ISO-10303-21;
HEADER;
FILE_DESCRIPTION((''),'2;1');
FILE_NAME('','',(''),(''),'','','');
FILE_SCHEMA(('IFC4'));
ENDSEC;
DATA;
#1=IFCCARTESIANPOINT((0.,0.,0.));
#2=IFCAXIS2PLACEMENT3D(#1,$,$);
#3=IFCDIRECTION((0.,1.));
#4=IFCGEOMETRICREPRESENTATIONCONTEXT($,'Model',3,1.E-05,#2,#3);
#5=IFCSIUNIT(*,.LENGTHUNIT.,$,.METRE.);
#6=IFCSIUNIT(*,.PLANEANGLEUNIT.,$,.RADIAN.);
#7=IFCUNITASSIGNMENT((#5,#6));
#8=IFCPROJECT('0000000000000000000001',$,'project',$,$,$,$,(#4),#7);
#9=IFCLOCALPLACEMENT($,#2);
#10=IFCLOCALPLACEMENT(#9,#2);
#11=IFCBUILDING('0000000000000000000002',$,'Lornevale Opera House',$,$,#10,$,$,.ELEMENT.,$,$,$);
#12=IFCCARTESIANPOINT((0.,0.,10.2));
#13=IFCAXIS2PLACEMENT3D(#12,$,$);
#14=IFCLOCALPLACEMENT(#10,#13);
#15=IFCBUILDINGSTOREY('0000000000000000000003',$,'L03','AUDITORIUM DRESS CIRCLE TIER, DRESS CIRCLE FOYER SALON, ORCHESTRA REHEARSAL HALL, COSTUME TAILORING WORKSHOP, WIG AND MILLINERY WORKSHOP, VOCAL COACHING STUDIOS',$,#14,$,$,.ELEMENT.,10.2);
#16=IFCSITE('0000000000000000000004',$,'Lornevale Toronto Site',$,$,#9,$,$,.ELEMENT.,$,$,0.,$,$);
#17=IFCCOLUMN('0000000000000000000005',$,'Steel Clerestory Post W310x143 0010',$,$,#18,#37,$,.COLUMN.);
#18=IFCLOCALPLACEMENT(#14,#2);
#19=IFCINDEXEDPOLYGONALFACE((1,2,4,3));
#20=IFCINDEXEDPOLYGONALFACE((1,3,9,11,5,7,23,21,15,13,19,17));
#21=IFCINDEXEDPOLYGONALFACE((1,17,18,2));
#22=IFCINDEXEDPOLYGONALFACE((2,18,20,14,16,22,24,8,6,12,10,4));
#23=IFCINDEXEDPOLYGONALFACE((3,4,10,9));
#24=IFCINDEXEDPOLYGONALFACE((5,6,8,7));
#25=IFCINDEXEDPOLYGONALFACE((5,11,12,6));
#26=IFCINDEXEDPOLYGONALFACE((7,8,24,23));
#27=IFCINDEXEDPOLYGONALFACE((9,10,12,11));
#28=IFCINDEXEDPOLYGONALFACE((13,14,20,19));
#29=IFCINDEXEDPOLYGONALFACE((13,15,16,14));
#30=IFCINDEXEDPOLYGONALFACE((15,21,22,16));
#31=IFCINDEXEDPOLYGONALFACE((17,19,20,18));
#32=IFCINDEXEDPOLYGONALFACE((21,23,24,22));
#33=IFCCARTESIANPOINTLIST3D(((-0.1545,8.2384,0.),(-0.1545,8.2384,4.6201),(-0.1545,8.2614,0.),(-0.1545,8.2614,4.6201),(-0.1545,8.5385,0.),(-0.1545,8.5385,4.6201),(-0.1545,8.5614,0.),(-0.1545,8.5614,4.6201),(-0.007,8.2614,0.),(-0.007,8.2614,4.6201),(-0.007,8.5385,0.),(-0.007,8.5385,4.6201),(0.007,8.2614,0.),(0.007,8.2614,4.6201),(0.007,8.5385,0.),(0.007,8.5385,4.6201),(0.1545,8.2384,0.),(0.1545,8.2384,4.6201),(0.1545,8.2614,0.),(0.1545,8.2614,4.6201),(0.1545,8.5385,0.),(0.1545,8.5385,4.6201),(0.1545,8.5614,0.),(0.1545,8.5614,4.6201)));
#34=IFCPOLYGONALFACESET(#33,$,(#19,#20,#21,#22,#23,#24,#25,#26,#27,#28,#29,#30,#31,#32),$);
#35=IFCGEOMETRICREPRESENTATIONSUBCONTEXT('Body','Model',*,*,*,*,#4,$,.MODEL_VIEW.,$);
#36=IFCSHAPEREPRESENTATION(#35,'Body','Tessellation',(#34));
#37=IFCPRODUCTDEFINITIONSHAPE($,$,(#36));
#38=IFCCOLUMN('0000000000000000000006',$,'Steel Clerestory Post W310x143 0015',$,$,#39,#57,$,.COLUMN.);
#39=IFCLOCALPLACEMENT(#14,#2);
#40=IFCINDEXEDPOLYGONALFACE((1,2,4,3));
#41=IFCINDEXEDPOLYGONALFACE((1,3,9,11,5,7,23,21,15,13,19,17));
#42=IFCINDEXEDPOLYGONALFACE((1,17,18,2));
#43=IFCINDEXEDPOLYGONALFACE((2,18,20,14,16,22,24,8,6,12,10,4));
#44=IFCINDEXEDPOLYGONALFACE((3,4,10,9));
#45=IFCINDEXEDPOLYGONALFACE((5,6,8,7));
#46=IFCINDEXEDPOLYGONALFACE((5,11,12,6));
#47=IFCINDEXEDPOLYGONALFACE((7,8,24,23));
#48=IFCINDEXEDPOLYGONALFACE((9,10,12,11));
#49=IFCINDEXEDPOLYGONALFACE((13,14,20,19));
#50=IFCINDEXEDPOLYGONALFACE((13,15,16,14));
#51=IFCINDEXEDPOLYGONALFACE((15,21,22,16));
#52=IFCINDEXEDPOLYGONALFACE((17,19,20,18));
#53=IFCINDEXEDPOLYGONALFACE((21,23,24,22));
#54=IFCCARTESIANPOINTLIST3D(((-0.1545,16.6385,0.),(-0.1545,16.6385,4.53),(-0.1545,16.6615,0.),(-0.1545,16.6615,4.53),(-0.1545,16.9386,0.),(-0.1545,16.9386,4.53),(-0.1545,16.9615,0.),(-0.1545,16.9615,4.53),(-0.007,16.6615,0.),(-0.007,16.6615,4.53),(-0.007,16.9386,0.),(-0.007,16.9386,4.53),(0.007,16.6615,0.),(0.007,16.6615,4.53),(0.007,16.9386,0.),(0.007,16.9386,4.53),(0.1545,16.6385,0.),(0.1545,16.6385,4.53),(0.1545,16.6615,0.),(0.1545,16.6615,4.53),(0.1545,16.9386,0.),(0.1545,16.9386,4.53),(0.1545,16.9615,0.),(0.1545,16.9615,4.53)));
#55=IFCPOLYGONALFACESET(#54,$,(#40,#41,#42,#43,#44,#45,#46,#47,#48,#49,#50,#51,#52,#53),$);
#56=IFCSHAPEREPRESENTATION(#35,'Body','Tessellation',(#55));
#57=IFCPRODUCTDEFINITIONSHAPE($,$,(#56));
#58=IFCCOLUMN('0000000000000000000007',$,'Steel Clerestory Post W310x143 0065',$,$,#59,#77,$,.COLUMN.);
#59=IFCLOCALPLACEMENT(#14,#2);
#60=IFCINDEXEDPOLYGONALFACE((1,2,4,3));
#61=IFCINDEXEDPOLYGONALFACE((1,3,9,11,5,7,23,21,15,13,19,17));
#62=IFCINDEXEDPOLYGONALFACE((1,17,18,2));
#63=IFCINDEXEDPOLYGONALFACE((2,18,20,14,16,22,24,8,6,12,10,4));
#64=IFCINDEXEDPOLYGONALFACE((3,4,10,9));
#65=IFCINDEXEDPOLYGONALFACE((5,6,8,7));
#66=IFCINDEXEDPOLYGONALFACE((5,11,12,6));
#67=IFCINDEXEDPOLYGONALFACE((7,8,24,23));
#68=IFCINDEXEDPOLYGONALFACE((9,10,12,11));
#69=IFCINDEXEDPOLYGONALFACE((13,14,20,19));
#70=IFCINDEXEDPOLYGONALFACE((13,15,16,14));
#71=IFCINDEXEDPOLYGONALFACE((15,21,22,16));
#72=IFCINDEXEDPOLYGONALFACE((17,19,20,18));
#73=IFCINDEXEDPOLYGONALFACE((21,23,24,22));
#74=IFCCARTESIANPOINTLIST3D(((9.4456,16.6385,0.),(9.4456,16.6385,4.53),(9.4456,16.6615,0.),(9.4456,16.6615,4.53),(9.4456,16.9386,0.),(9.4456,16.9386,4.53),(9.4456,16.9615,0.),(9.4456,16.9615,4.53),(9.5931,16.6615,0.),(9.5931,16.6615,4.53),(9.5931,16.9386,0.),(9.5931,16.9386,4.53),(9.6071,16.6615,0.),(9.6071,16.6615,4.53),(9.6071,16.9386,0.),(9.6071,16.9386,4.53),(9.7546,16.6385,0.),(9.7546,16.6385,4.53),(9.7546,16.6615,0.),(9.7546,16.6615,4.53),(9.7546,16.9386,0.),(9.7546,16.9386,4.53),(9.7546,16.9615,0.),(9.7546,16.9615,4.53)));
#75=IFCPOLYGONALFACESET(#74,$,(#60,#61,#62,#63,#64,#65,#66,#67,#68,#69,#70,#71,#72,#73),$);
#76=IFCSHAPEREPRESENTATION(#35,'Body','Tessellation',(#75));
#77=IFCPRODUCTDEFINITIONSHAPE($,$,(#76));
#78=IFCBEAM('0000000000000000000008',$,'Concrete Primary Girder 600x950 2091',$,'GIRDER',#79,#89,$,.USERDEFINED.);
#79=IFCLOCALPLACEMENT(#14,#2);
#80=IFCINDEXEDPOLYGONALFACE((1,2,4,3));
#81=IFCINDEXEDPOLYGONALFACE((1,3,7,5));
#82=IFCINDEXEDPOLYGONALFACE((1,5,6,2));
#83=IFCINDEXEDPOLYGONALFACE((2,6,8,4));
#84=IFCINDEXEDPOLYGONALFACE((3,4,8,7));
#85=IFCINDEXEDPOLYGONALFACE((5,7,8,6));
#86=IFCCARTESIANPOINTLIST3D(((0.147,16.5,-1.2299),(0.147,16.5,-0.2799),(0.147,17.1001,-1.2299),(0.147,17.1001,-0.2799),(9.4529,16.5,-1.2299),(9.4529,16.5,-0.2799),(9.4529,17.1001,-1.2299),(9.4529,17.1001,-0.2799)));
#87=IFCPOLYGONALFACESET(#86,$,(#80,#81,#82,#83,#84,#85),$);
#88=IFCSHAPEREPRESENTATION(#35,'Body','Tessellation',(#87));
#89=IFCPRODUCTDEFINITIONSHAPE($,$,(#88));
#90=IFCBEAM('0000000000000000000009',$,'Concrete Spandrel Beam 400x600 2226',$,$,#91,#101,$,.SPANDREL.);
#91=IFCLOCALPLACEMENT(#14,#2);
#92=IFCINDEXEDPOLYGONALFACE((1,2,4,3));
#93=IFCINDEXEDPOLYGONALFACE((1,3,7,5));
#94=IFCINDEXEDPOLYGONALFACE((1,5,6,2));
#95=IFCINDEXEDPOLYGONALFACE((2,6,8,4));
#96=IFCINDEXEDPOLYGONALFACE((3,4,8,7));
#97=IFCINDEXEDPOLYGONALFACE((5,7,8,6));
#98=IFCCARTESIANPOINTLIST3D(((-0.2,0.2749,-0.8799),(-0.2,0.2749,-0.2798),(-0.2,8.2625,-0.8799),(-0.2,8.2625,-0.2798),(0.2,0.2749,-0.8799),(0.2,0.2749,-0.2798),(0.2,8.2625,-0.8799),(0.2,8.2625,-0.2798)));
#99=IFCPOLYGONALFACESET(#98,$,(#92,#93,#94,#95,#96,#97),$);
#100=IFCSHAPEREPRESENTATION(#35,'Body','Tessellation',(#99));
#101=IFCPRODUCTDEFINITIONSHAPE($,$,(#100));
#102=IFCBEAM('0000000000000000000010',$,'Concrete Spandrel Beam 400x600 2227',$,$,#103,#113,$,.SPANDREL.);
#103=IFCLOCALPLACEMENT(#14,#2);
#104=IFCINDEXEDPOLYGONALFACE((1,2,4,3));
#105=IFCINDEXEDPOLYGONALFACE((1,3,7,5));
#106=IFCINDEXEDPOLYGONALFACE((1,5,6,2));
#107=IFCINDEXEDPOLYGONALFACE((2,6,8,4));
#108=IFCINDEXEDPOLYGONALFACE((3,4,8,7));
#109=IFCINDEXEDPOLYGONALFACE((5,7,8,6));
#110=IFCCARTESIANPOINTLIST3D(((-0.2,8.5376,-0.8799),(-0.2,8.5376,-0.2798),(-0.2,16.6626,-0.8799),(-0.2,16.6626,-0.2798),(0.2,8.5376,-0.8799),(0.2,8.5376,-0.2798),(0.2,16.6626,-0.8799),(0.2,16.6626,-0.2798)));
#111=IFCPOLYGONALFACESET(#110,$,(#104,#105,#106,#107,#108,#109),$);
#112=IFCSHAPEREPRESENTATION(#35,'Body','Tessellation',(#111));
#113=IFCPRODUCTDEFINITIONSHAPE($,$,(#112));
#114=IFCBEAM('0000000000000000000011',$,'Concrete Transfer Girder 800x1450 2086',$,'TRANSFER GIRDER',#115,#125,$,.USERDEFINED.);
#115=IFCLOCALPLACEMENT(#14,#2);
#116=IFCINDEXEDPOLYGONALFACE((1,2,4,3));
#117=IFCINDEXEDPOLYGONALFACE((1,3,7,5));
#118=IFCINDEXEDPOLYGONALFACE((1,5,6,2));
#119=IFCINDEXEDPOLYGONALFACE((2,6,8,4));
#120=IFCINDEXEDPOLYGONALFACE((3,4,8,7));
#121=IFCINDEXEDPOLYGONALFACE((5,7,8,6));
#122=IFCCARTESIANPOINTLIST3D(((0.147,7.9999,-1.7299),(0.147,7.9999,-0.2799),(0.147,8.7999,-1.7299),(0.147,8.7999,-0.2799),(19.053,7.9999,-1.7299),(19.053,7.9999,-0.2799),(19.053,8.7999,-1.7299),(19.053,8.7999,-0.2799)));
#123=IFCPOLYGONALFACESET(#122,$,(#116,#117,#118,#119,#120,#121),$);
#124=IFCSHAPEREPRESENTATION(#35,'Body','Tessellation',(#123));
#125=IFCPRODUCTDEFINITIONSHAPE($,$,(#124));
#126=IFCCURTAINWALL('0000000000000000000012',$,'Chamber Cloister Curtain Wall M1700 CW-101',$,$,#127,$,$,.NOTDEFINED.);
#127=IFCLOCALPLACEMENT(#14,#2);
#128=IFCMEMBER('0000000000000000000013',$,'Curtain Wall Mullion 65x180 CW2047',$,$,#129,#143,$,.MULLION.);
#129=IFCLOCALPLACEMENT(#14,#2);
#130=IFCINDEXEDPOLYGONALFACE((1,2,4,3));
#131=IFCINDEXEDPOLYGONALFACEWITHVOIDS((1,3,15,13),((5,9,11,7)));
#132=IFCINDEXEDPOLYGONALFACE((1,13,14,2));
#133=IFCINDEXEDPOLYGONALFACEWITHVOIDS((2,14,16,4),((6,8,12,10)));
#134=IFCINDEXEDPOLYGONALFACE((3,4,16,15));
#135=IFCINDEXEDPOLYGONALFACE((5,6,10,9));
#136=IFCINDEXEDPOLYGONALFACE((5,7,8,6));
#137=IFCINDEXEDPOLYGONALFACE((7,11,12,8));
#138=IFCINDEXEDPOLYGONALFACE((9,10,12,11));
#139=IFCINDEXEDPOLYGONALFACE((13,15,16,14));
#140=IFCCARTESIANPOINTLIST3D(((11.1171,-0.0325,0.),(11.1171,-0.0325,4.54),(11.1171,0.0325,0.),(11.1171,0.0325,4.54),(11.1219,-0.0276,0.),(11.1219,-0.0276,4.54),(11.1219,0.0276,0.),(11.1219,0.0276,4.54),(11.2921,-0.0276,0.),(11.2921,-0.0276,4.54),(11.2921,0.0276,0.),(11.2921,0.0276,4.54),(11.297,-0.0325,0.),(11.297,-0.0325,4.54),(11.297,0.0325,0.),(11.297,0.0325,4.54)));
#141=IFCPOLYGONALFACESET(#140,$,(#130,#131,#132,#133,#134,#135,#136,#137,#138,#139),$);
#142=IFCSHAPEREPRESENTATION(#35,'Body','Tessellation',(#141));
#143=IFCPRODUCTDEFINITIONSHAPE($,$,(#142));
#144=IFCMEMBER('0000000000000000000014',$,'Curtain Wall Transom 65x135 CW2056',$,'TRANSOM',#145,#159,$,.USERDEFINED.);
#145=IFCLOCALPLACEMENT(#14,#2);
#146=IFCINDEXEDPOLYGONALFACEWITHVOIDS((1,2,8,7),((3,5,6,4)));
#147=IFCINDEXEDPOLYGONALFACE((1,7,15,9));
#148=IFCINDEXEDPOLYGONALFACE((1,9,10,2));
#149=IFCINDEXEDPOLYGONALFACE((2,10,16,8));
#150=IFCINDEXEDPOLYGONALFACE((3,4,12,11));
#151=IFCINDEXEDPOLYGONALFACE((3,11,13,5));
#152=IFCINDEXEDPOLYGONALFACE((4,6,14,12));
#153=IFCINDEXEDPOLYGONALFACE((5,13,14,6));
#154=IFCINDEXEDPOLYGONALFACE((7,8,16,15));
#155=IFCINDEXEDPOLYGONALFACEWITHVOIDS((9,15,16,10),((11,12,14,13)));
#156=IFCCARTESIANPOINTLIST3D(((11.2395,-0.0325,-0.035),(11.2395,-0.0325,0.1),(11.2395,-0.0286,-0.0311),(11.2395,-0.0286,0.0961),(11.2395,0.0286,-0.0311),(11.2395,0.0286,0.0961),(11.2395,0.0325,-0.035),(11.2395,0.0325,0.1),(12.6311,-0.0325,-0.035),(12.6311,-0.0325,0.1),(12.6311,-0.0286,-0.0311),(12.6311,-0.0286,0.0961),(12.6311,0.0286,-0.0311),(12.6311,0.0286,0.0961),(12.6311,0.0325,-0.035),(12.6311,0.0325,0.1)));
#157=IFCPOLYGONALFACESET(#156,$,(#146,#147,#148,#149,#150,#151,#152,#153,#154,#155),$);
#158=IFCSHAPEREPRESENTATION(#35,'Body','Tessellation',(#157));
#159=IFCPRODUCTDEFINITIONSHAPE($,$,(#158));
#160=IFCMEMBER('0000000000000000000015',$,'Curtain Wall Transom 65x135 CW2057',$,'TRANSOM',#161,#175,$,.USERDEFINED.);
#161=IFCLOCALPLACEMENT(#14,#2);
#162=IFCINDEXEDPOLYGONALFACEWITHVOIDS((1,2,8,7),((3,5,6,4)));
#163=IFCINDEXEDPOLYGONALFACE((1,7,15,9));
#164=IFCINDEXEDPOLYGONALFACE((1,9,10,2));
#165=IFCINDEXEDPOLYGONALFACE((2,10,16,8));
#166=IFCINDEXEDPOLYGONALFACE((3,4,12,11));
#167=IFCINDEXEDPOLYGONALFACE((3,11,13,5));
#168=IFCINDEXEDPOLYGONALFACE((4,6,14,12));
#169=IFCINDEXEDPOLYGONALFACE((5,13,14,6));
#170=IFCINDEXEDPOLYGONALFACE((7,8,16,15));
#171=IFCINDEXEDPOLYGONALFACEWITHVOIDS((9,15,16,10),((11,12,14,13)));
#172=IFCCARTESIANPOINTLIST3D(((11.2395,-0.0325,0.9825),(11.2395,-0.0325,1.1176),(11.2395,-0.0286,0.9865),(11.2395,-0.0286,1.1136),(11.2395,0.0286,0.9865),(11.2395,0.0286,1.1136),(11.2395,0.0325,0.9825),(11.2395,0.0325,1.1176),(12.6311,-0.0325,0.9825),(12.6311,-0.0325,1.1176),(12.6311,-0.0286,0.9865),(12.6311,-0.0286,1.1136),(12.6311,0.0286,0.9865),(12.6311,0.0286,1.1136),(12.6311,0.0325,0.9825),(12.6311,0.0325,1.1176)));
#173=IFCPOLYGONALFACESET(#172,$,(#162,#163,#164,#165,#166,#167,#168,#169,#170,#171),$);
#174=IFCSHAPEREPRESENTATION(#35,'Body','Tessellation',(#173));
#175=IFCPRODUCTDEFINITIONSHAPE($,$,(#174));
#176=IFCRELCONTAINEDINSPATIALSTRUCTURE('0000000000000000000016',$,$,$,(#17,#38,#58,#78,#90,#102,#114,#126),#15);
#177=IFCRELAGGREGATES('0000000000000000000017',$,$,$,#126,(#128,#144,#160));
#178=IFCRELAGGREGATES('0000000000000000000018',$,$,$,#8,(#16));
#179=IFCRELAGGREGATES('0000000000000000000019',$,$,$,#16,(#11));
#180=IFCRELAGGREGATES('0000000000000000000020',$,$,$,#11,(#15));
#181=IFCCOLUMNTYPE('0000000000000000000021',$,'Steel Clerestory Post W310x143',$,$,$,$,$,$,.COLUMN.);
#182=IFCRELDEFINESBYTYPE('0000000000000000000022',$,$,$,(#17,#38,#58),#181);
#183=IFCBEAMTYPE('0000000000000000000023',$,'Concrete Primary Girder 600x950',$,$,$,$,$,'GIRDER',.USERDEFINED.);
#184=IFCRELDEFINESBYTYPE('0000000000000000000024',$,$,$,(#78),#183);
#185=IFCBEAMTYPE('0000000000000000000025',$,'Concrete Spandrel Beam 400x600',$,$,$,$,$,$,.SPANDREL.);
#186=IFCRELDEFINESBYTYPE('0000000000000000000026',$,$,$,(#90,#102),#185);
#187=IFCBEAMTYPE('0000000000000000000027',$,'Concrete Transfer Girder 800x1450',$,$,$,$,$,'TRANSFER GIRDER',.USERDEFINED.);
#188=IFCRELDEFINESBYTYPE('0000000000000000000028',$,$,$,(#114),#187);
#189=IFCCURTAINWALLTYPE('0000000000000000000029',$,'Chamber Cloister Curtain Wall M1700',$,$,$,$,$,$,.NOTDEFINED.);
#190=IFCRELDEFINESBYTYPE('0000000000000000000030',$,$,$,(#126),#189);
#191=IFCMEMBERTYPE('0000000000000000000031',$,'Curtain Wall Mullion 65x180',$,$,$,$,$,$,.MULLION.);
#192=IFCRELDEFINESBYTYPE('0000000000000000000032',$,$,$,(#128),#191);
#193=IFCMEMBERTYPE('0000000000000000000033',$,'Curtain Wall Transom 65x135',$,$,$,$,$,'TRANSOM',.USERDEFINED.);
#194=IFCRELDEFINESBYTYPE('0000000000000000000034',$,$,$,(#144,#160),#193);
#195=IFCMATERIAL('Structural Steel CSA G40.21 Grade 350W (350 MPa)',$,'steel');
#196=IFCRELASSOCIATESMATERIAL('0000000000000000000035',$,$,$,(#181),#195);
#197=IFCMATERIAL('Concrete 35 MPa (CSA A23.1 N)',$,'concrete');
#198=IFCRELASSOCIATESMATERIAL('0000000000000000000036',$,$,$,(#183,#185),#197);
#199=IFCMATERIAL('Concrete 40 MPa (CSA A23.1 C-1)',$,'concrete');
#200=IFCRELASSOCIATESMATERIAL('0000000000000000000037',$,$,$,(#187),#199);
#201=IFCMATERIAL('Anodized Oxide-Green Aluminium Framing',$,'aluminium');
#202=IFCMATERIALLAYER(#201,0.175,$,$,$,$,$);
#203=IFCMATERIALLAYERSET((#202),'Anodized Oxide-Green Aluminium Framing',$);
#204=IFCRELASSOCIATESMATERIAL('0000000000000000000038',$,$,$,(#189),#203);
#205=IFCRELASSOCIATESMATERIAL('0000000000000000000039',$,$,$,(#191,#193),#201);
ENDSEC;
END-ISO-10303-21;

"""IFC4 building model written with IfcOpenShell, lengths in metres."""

from ifc_helpers import new_model, si_unit, direction, frame, origin, origin_2d, place, context, subcontext, project, spatial, rectangle, hollow_rectangle, i_section, extrude, material, layer, layer_set, material_profile, profile_set, type_object, element, aggregate, save


model = new_model("IFC4")

# Units and contexts
model_context = context("Model", 3, precision=1e-05, world=origin(), true_north=direction((0.0, 1.0)))
body_context = subcontext(model_context, "Body", "Model", "MODEL_VIEW")
ifc_project = project(units=[si_unit("LENGTHUNIT", "METRE"), si_unit("PLANEANGLEUNIT", "RADIAN")], contexts=[model_context])

# Site, building, storey
site_placement = place(None, origin())
site = spatial("IfcSite", under=ifc_project, at=site_placement, Name="Lornevale Toronto Site", CompositionType="ELEMENT", RefElevation=0.0)
building_placement = place(site_placement, origin())
building = spatial("IfcBuilding", under=site, at=building_placement, Name="Lornevale Opera House", CompositionType="ELEMENT")
storey_placement = place(building_placement, frame((0.0, 0.0, 10.2)))
storey = spatial("IfcBuildingStorey", under=building, at=storey_placement, Name="L03", Description="AUDITORIUM DRESS CIRCLE TIER, DRESS CIRCLE FOYER SALON, ORCHESTRA REHEARSAL HALL, COSTUME TAILORING WORKSHOP, WIG AND MILLINERY WORKSHOP, VOCAL COACHING STUDIOS", CompositionType="ELEMENT", Elevation=10.2)

# Columns
ifc_material_1 = material(Name="Structural Steel CSA G40.21 Grade 350W (350 MPa)", Category="steel")
ifc_material_profile_1 = material_profile(ifc_material_1, i_section(OverallWidth=0.3091, OverallDepth=0.323, WebThickness=0.0139, FlangeThickness=0.0229, at=origin_2d()), Name="W310x143")
ifc_profile_set_1 = profile_set([ifc_material_profile_1], Name="Structural Steel CSA G40.21 Grade 350W (350 MPa)")
column_type = type_object("IfcColumnType", Name="Steel Clerestory Post W310x143", PredefinedType="COLUMN", material=ifc_profile_set_1)
column_placement = place(storey_placement, frame((0.0, 8.3999, 0.0), z_axis=(0.0, 0.0, 1.0), x_axis=(1.0, 0.0, 0.0)))
element("IfcColumn", 1, at=column_placement, inside=storey, type_object=column_type, Name="Steel Clerestory Post W310x143 0010", PredefinedType="COLUMN", context=body_context, shape_type="SweptSolid", body=[
    extrude(i_section(OverallWidth=0.3091, OverallDepth=0.323, WebThickness=0.0139, FlangeThickness=0.0229, at=origin_2d()), origin(), (0.0, 0.0, 1.0), 4.6201),
])
for number, where, z_axis, x_axis, name in (
    (2, (0.0, 16.8, 0.0), (0.0, 0.0, 1.0), (1.0, 0.0, 0.0), "Steel Clerestory Post W310x143 0015"),
    (3, (9.6001, 16.8, 0.0), (0.0, 0.0, 1.0), (1.0, 0.0, 0.0), "Steel Clerestory Post W310x143 0065"),
):
    element("IfcColumn", number, at=place(storey_placement, frame(where, z_axis=z_axis, x_axis=x_axis)), inside=storey, type_object=column_type, Name=name, PredefinedType="COLUMN", context=body_context, shape_type="SweptSolid", body=[
        extrude(i_section(OverallWidth=0.3091, OverallDepth=0.323, WebThickness=0.0139, FlangeThickness=0.0229, at=origin_2d()), origin(), (0.0, 0.0, 1.0), 4.53),
    ])

# Beams
ifc_material_2 = material(Name="Concrete 35 MPa (CSA A23.1 N)", Category="concrete")
ifc_material_profile_2 = material_profile(ifc_material_2, rectangle(XDim=0.6001, YDim=0.95, at=origin_2d()), Name="RC600x950")
ifc_profile_set_2 = profile_set([ifc_material_profile_2], Name="Concrete 35 MPa (CSA A23.1 N)")
beam_type_1 = type_object("IfcBeamType", Name="Concrete Primary Girder 600x950", ElementType="GIRDER", PredefinedType="USERDEFINED", material=ifc_profile_set_2)
beam_1_placement = place(storey_placement, frame((0.147, 16.8, -0.7549), z_axis=(1.0, 0.0, 0.0), x_axis=(0.0, 1.0, 0.0)))
element("IfcBeam", 4, at=beam_1_placement, inside=storey, type_object=beam_type_1, Name="Concrete Primary Girder 600x950 2091", ObjectType="GIRDER", PredefinedType="USERDEFINED", context=body_context, shape_type="SweptSolid", body=[
    extrude(rectangle(XDim=0.6001, YDim=0.95, at=origin_2d()), origin(), (0.0, 0.0, 1.0), 9.3059),
])
ifc_material_profile_3 = material_profile(ifc_material_2, rectangle(XDim=0.3999, YDim=0.6001, at=origin_2d()), Name="RC400x600")
ifc_profile_set_3 = profile_set([ifc_material_profile_3], Name="Concrete 35 MPa (CSA A23.1 N)")
beam_type_2 = type_object("IfcBeamType", Name="Concrete Spandrel Beam 400x600", PredefinedType="SPANDREL", material=ifc_profile_set_3)
beam_2_placement = place(storey_placement, frame((0.0, 0.2749, -0.5798), z_axis=(0.0, 1.0, 0.0), x_axis=(-1.0, 0.0, 0.0)))
element("IfcBeam", 5, at=beam_2_placement, inside=storey, type_object=beam_type_2, Name="Concrete Spandrel Beam 400x600 2226", PredefinedType="SPANDREL", context=body_context, shape_type="SweptSolid", body=[
    extrude(rectangle(XDim=0.3999, YDim=0.6001, at=origin_2d()), origin(), (0.0, 0.0, 1.0), 7.9875),
])
beam_3_placement = place(storey_placement, frame((0.0, 8.5376, -0.5798), z_axis=(0.0, 1.0, 0.0), x_axis=(-1.0, 0.0, 0.0)))
element("IfcBeam", 6, at=beam_3_placement, inside=storey, type_object=beam_type_2, Name="Concrete Spandrel Beam 400x600 2227", PredefinedType="SPANDREL", context=body_context, shape_type="SweptSolid", body=[
    extrude(rectangle(XDim=0.3999, YDim=0.6001, at=origin_2d()), origin(), (0.0, 0.0, 1.0), 8.125),
])
ifc_material_3 = material(Name="Concrete 40 MPa (CSA A23.1 C-1)", Category="concrete")
ifc_material_profile_4 = material_profile(ifc_material_3, rectangle(XDim=0.8, YDim=1.45, at=origin_2d()), Name="RC800x1450")
ifc_profile_set_4 = profile_set([ifc_material_profile_4], Name="Concrete 40 MPa (CSA A23.1 C-1)")
beam_type_3 = type_object("IfcBeamType", Name="Concrete Transfer Girder 800x1450", ElementType="TRANSFER GIRDER", PredefinedType="USERDEFINED", material=ifc_profile_set_4)
beam_4_placement = place(storey_placement, frame((0.147, 8.3999, -1.0049), z_axis=(1.0, 0.0, 0.0), x_axis=(0.0, 1.0, 0.0)))
element("IfcBeam", 7, at=beam_4_placement, inside=storey, type_object=beam_type_3, Name="Concrete Transfer Girder 800x1450 2086", ObjectType="TRANSFER GIRDER", PredefinedType="USERDEFINED", context=body_context, shape_type="SweptSolid", body=[
    extrude(rectangle(XDim=0.8, YDim=1.45, at=origin_2d()), origin(), (0.0, 0.0, 1.0), 18.906),
])

# Curtain wall, members
ifc_material_4 = material(Name="Anodized Oxide-Green Aluminium Framing", Category="aluminium")
ifc_layer_1 = layer(ifc_material_4, 0.175)
ifc_layer_set_1 = layer_set([ifc_layer_1], Name="Anodized Oxide-Green Aluminium Framing")
curtain_wall_type = type_object("IfcCurtainWallType", Name="Chamber Cloister Curtain Wall M1700", PredefinedType="NOTDEFINED", material=ifc_layer_set_1)
curtain_wall_placement = place(storey_placement, origin())
curtain_wall = element("IfcCurtainWall", 8, at=curtain_wall_placement, inside=storey, type_object=curtain_wall_type, Name="Chamber Cloister Curtain Wall M1700 CW-101", PredefinedType="NOTDEFINED")
ifc_material_profile_5 = material_profile(ifc_material_4, hollow_rectangle(XDim=0.0649, YDim=0.1799, WallThickness=0.0049, at=origin_2d()), Name="ALU65x180x5")
ifc_profile_set_5 = profile_set([ifc_material_profile_5], Name="Anodized Oxide-Green Aluminium Framing")
member_type_1 = type_object("IfcMemberType", Name="Curtain Wall Mullion 65x180", PredefinedType="MULLION", material=ifc_profile_set_5)
member_1_placement = place(storey_placement, frame((11.207, 0.0, 0.0), z_axis=(0.0, 0.0, 1.0), x_axis=(0.0, -1.0, 0.0)))
member_1 = element("IfcMember", 9, at=member_1_placement, type_object=member_type_1, Name="Curtain Wall Mullion 65x180 CW2047", PredefinedType="MULLION", context=body_context, shape_type="SweptSolid", body=[
    extrude(hollow_rectangle(XDim=0.0649, YDim=0.1799, WallThickness=0.0049, at=origin_2d()), origin(), (0.0, 0.0, 1.0), 4.54),
])
ifc_material_profile_6 = material_profile(ifc_material_4, hollow_rectangle(XDim=0.0649, YDim=0.135, WallThickness=0.0039, at=origin_2d()), Name="ALU65x135x4")
ifc_profile_set_6 = profile_set([ifc_material_profile_6], Name="Anodized Oxide-Green Aluminium Framing")
member_type_2 = type_object("IfcMemberType", Name="Curtain Wall Transom 65x135", ElementType="TRANSOM", PredefinedType="USERDEFINED", material=ifc_profile_set_6)
member_2_placement = place(storey_placement, frame((12.6311, 0.0, 0.0325), z_axis=(-1.0, 0.0, 0.0), x_axis=(0.0, -1.0, 0.0)))
member_2 = element("IfcMember", 10, at=member_2_placement, type_object=member_type_2, Name="Curtain Wall Transom 65x135 CW2056", ObjectType="TRANSOM", PredefinedType="USERDEFINED", context=body_context, shape_type="SweptSolid", body=[
    extrude(hollow_rectangle(XDim=0.0649, YDim=0.135, WallThickness=0.0039, at=origin_2d()), origin(), (0.0, 0.0, 1.0), 1.3916),
])
member_3_placement = place(storey_placement, frame((12.6311, 0.0, 1.05), z_axis=(-1.0, 0.0, 0.0), x_axis=(0.0, -1.0, 0.0)))
member_3 = element("IfcMember", 11, at=member_3_placement, type_object=member_type_2, Name="Curtain Wall Transom 65x135 CW2057", ObjectType="TRANSOM", PredefinedType="USERDEFINED", context=body_context, shape_type="SweptSolid", body=[
    extrude(hollow_rectangle(XDim=0.0649, YDim=0.135, WallThickness=0.0039, at=origin_2d()), origin(), (0.0, 0.0, 1.0), 1.3916),
])

aggregate(curtain_wall, [member_1, member_2, member_3])

save(model, "model.ifc")
